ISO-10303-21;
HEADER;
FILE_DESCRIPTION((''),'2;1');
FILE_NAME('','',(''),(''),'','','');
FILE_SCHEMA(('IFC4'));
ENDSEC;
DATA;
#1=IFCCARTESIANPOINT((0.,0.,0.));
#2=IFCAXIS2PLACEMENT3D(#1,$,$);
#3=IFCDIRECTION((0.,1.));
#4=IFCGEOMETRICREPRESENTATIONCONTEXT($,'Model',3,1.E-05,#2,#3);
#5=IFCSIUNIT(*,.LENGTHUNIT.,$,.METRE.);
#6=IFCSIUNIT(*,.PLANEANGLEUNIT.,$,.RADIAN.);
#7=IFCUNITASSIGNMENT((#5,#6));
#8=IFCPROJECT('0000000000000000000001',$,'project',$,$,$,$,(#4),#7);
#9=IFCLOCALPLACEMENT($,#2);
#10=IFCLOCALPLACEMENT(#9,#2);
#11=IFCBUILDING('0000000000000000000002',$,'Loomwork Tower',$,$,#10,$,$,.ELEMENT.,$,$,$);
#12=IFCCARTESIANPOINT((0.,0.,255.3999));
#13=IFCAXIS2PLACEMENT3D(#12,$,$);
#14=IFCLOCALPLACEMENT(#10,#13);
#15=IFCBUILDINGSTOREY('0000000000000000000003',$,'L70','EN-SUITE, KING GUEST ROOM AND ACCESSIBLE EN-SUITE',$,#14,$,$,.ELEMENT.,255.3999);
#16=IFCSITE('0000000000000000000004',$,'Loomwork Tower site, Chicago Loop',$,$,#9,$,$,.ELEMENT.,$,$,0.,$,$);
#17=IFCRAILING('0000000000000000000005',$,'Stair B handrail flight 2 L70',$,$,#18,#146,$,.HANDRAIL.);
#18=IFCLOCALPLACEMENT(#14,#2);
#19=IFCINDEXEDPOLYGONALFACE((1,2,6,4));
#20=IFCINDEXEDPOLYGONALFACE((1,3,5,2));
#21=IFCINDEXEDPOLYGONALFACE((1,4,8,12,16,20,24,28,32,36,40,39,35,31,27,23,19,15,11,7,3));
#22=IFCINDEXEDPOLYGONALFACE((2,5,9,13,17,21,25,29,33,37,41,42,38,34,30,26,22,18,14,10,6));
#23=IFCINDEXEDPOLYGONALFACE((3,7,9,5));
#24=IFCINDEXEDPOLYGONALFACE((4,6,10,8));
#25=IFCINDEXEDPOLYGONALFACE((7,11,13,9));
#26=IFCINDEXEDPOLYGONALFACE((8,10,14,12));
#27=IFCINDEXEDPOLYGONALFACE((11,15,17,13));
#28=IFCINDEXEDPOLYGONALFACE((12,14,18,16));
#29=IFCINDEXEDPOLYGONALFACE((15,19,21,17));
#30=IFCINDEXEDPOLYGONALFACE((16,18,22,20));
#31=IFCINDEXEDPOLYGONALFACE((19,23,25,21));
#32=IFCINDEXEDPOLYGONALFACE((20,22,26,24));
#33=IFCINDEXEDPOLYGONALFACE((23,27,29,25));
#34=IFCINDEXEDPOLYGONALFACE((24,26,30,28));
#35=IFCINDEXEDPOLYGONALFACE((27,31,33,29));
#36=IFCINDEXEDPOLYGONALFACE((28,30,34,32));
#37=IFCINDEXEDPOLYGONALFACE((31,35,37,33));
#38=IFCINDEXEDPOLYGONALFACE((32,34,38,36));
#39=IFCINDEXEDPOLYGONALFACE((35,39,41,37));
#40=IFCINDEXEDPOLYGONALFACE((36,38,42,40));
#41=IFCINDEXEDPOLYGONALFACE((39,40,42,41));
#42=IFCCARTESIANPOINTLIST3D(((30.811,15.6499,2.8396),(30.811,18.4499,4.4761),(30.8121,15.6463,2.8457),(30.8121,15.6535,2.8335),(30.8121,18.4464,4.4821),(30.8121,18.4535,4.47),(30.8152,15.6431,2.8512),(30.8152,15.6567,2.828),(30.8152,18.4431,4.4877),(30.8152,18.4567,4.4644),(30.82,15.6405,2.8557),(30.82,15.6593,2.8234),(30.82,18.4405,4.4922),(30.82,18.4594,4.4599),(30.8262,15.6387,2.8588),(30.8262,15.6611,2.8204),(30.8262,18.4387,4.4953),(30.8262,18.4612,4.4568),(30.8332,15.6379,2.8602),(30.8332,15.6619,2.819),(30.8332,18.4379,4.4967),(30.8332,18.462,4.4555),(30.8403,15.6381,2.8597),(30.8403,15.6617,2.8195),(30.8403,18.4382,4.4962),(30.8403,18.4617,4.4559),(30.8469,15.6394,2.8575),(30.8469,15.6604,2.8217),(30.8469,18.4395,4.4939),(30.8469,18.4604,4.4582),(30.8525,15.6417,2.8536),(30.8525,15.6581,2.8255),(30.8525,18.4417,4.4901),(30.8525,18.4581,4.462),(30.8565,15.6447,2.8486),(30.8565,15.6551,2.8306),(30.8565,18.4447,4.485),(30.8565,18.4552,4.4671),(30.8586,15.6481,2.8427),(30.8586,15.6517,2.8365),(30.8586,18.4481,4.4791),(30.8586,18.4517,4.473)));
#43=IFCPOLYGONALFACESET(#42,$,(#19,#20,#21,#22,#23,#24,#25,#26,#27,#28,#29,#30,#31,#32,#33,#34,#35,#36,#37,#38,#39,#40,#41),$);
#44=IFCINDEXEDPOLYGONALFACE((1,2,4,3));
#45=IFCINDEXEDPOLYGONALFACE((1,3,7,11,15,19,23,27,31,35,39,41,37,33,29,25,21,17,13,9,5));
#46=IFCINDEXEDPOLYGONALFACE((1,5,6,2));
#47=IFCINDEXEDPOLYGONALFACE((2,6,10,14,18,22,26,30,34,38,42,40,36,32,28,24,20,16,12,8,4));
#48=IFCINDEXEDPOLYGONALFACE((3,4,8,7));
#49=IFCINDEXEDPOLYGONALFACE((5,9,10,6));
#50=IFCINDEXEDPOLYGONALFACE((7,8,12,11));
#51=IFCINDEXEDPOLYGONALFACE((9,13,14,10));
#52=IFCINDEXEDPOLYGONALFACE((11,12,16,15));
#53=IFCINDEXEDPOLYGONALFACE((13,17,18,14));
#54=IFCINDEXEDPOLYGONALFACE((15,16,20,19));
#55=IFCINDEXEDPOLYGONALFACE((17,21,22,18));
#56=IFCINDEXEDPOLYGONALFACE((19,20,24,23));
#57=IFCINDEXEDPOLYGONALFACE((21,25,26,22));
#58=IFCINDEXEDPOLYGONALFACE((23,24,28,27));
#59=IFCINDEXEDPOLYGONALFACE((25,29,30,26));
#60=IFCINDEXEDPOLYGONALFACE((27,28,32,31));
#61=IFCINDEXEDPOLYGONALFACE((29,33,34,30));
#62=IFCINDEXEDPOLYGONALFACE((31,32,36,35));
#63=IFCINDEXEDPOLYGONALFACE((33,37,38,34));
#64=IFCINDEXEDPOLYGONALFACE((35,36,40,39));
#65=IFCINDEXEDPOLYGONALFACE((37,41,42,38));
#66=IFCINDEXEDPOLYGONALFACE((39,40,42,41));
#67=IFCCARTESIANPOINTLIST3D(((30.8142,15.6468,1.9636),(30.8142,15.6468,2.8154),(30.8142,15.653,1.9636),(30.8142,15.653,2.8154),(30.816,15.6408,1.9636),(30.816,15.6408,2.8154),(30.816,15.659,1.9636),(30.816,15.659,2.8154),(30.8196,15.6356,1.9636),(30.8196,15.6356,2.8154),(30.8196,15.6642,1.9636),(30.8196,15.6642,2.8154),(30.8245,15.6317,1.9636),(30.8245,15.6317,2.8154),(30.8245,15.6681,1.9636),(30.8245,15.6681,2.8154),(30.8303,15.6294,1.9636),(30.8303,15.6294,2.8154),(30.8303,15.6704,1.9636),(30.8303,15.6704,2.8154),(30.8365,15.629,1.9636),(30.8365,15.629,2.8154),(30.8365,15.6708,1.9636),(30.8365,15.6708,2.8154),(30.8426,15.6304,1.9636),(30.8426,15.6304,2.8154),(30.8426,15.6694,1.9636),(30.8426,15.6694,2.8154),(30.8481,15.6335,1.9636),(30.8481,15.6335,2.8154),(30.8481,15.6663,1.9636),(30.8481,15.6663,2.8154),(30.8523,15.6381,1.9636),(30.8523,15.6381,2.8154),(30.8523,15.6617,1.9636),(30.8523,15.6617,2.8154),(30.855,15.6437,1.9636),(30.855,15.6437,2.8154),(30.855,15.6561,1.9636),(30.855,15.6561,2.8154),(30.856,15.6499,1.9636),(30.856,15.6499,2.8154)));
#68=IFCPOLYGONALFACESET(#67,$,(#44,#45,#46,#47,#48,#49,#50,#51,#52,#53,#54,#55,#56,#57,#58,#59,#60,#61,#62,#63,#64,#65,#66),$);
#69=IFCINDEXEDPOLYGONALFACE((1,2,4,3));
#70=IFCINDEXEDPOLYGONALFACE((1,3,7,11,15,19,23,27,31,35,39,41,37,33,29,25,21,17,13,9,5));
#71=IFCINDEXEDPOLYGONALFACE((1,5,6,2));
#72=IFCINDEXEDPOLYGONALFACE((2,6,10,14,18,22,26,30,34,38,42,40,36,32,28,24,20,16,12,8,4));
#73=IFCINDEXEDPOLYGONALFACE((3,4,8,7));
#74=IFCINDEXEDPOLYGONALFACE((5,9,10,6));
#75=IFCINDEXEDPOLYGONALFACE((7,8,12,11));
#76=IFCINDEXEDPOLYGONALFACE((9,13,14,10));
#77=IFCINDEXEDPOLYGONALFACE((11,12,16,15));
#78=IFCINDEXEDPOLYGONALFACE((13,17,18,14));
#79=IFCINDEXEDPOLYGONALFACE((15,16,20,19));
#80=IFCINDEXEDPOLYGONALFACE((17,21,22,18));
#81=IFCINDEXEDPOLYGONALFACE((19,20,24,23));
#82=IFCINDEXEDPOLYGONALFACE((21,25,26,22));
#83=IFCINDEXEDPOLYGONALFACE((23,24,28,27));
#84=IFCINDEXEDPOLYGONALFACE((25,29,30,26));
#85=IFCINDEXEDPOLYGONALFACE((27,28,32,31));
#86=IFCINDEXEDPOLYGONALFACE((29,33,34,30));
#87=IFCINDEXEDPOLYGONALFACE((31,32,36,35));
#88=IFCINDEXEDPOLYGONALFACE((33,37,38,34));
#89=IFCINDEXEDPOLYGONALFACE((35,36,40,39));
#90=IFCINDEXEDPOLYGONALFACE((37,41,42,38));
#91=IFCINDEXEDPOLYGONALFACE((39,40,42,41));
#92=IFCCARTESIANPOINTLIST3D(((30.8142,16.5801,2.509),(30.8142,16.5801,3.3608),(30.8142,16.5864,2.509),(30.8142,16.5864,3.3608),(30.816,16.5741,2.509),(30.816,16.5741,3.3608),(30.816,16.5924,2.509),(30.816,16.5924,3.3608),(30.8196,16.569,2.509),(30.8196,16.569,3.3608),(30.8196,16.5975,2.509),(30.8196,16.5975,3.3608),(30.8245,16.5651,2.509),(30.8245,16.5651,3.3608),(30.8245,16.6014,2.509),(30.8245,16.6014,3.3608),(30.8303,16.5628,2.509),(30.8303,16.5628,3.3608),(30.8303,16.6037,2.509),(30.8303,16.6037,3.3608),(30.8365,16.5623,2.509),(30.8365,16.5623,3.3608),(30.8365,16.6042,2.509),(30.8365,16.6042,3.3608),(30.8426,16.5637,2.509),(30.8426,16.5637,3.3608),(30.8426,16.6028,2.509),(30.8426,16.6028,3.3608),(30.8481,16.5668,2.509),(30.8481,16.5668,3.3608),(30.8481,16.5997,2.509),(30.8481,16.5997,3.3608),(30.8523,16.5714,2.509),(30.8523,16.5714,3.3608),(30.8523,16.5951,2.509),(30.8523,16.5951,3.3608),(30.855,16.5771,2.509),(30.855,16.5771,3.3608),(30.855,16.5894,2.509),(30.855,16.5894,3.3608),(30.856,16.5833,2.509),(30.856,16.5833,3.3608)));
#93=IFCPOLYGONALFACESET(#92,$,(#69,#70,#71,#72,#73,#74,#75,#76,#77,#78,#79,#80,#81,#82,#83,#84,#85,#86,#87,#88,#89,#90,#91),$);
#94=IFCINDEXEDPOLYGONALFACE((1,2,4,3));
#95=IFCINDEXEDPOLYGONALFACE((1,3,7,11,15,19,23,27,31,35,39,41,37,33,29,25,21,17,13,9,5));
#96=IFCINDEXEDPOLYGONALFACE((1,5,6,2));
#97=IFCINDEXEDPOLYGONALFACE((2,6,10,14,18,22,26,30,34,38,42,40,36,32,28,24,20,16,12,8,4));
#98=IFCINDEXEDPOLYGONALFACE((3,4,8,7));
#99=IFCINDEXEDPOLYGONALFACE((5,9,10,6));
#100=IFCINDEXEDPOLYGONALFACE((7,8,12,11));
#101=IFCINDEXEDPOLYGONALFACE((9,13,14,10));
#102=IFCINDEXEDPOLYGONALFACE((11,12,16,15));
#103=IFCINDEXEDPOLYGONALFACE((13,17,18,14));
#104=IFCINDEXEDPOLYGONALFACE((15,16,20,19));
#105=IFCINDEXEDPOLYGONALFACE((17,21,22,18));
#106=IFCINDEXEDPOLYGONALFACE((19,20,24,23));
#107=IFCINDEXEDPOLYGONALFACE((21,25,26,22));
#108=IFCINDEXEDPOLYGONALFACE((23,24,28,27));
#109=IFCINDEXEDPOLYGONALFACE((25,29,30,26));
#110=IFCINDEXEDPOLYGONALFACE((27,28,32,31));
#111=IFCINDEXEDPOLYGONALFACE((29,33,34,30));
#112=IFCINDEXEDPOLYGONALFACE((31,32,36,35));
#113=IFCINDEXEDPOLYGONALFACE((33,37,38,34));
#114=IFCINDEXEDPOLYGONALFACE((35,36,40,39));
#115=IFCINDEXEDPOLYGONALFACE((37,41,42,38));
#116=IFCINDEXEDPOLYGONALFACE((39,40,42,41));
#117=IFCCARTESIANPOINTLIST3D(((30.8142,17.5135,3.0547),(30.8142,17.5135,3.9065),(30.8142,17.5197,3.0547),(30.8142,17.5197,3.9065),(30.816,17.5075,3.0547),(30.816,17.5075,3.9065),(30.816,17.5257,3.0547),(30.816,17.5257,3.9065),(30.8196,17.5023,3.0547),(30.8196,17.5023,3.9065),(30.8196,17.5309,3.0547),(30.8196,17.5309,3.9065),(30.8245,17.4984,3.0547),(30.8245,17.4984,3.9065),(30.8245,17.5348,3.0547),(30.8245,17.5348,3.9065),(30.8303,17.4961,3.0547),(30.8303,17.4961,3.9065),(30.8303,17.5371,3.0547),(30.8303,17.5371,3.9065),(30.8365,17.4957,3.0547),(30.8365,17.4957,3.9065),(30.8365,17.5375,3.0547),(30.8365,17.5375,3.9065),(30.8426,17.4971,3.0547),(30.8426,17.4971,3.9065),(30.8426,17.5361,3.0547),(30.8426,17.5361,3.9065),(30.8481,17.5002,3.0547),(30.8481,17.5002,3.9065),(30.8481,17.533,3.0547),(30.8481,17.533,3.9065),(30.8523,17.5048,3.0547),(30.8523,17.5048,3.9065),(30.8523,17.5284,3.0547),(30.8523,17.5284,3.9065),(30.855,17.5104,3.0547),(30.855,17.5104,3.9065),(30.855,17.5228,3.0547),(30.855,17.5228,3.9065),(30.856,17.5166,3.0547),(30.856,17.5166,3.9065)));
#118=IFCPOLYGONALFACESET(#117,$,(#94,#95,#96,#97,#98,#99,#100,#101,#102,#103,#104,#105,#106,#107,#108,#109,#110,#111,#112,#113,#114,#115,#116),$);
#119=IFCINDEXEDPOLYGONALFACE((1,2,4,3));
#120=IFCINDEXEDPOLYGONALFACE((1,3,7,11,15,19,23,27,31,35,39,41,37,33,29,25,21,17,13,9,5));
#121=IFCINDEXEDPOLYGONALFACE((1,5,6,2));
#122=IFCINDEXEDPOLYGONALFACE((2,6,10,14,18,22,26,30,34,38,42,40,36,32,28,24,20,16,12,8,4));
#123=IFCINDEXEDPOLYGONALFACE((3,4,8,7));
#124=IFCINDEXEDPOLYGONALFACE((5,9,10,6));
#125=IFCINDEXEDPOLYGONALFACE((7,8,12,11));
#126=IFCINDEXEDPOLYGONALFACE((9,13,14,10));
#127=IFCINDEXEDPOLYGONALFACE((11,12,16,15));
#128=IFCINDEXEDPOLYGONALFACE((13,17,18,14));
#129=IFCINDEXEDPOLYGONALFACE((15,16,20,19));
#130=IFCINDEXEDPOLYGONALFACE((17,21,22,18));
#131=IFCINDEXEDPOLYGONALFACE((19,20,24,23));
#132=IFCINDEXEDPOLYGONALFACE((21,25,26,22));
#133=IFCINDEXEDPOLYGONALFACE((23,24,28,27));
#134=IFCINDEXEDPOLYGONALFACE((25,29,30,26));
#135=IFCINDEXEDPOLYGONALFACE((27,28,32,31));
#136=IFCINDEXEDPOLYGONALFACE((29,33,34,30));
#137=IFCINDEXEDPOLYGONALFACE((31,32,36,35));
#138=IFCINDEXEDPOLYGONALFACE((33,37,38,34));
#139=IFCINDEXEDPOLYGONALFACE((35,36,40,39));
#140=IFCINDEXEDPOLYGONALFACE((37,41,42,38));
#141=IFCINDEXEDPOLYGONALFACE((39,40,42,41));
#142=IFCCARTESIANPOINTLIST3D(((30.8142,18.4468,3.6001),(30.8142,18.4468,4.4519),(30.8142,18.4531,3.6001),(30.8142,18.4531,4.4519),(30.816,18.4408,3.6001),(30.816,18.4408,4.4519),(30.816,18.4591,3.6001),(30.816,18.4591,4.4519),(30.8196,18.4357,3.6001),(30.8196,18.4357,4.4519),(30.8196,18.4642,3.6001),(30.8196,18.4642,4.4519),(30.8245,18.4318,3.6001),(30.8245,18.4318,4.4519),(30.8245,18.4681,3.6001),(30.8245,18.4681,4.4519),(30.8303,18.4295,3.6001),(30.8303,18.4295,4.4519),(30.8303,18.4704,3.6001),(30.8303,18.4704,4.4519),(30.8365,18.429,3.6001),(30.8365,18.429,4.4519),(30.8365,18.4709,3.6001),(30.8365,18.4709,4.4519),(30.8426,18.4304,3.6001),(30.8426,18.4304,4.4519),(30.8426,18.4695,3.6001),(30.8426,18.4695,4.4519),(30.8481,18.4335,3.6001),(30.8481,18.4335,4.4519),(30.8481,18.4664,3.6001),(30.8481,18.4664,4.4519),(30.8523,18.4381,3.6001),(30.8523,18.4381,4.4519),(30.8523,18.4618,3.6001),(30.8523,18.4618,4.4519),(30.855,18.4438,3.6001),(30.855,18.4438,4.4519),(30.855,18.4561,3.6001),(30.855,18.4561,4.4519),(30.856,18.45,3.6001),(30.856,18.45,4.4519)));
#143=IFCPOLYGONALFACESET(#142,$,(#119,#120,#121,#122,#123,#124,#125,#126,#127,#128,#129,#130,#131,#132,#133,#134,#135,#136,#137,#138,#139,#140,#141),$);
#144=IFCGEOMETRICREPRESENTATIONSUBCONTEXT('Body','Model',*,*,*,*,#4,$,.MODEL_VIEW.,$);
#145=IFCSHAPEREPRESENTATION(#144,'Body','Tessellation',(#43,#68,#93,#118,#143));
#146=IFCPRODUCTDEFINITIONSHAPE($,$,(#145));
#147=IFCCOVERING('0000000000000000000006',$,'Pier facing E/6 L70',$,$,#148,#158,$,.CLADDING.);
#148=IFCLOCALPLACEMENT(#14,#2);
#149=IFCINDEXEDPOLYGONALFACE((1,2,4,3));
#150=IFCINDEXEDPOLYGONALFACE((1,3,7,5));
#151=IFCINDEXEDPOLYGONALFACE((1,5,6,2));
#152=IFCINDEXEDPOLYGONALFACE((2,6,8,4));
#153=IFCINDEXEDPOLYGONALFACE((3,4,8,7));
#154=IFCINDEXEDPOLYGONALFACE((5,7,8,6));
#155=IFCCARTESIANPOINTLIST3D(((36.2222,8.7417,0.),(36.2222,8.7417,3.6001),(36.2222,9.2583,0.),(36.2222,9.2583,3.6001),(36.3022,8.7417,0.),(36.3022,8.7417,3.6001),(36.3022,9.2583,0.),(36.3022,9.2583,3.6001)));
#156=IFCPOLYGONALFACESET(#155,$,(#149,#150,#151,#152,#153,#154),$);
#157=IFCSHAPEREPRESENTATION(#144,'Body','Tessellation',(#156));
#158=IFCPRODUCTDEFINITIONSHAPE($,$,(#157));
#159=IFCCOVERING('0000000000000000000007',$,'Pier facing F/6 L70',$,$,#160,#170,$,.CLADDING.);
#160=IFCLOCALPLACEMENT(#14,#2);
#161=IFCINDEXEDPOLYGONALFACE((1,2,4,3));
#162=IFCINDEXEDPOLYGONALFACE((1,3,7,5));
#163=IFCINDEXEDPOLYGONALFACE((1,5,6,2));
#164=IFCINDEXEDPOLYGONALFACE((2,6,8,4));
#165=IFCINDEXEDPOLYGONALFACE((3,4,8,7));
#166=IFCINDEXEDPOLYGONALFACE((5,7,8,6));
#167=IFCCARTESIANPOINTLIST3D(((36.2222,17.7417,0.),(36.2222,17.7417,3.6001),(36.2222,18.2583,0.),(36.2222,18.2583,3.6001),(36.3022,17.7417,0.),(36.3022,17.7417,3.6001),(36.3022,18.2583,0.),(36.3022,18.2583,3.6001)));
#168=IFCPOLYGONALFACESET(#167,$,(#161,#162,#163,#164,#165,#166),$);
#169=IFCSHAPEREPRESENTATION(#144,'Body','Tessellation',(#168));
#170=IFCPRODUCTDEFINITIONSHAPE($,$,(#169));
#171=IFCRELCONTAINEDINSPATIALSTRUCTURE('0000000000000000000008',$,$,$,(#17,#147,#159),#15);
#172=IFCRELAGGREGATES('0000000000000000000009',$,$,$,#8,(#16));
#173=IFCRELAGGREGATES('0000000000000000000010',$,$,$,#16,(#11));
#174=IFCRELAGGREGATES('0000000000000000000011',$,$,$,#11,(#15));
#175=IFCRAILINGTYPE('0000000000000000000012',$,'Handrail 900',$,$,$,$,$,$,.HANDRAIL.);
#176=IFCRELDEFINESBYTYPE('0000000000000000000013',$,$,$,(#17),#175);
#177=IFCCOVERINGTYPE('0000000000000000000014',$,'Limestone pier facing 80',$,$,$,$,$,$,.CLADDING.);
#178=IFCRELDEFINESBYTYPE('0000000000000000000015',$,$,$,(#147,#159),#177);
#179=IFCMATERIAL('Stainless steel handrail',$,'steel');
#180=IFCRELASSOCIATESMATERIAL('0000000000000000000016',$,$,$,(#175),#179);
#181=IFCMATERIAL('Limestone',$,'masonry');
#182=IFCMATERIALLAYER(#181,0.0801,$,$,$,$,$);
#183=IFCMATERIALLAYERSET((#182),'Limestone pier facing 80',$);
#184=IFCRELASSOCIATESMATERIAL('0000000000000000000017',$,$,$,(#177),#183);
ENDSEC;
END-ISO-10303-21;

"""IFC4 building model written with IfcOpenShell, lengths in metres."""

from ifc_helpers import new_model, si_unit, direction, frame, origin, origin_2d, place, context, subcontext, project, spatial, rectangle, circle, extrude, material, layer, layer_set, type_object, element, save


model = new_model("IFC4")

# Units and contexts
model_context = context("Model", 3, precision=1e-05, world=origin(), true_north=direction((0.0, 1.0)))
body_context = subcontext(model_context, "Body", "Model", "MODEL_VIEW")
ifc_project = project(units=[si_unit("LENGTHUNIT", "METRE"), si_unit("PLANEANGLEUNIT", "RADIAN")], contexts=[model_context])

# Site, building, storey
site_placement = place(None, origin())
site = spatial("IfcSite", under=ifc_project, at=site_placement, Name="Loomwork Tower site, Chicago Loop", CompositionType="ELEMENT", RefElevation=0.0)
building_placement = place(site_placement, origin())
building = spatial("IfcBuilding", under=site, at=building_placement, Name="Loomwork Tower", CompositionType="ELEMENT")
storey_placement = place(building_placement, frame((0.0, 0.0, 255.3999)))
storey = spatial("IfcBuildingStorey", under=building, at=storey_placement, Name="L70", Description="EN-SUITE, KING GUEST ROOM AND ACCESSIBLE EN-SUITE", CompositionType="ELEMENT", Elevation=255.3999)

# Railing
ifc_material_1 = material(Name="Stainless steel handrail", Category="steel")
railing_type = type_object("IfcRailingType", Name="Handrail 900", PredefinedType="HANDRAIL", material=ifc_material_1)
railing_placement = place(storey_placement, frame((30.835, 15.6499, 1.9636)))
element("IfcRailing", 1, at=railing_placement, inside=storey, type_object=railing_type, Name="Stair B handrail flight 2 L70", PredefinedType="HANDRAIL", context=body_context, shape_type="SweptSolid", body=[
    extrude(circle(Radius=0.0239, at=origin_2d()), frame((0.0, 0.0, 0.876), z_axis=(0.0, 0.863361, 0.504587), x_axis=(-1.0, 0.0, 0.0)), (0.0, 0.0, 1.0), 3.2432),
    extrude(circle(Radius=0.021, at=origin_2d()), origin(), (0.0, 0.0, 1.0), 0.8518),
    extrude(circle(Radius=0.021, at=origin_2d()), frame((0.0, 0.9333, 0.5454)), (0.0, 0.0, 1.0), 0.8518),
    extrude(circle(Radius=0.021, at=origin_2d()), frame((0.0, 1.8667, 1.0911)), (0.0, 0.0, 1.0), 0.8518),
    extrude(circle(Radius=0.021, at=origin_2d()), frame((0.0, 2.8, 1.6365)), (0.0, 0.0, 1.0), 0.8518),
])

# Coverings
ifc_material_2 = material(Name="Limestone", Category="masonry")
ifc_layer_1 = layer(ifc_material_2, 0.0801)
ifc_layer_set_1 = layer_set([ifc_layer_1], Name="Limestone pier facing 80")
covering_type = type_object("IfcCoveringType", Name="Limestone pier facing 80", PredefinedType="CLADDING", material=ifc_layer_set_1)
for number, where, z_axis, x_axis, name in (
    (2, (36.2622, 9.0, 0.0), (0.0, 0.0, 1.0), (1.0, 0.0, 0.0), "Pier facing E/6 L70"),
    (3, (36.2622, 18.0, 0.0), (0.0, 0.0, 1.0), (1.0, 0.0, 0.0), "Pier facing F/6 L70"),
):
    element("IfcCovering", number, at=place(storey_placement, frame(where, z_axis=z_axis, x_axis=x_axis)), inside=storey, type_object=covering_type, Name=name, PredefinedType="CLADDING", context=body_context, shape_type="SweptSolid", body=[
        extrude(rectangle(XDim=0.0801, YDim=0.5166, at=origin_2d()), origin(), (0.0, 0.0, 1.0), 3.6001),
    ])

save(model, "model.ifc")
